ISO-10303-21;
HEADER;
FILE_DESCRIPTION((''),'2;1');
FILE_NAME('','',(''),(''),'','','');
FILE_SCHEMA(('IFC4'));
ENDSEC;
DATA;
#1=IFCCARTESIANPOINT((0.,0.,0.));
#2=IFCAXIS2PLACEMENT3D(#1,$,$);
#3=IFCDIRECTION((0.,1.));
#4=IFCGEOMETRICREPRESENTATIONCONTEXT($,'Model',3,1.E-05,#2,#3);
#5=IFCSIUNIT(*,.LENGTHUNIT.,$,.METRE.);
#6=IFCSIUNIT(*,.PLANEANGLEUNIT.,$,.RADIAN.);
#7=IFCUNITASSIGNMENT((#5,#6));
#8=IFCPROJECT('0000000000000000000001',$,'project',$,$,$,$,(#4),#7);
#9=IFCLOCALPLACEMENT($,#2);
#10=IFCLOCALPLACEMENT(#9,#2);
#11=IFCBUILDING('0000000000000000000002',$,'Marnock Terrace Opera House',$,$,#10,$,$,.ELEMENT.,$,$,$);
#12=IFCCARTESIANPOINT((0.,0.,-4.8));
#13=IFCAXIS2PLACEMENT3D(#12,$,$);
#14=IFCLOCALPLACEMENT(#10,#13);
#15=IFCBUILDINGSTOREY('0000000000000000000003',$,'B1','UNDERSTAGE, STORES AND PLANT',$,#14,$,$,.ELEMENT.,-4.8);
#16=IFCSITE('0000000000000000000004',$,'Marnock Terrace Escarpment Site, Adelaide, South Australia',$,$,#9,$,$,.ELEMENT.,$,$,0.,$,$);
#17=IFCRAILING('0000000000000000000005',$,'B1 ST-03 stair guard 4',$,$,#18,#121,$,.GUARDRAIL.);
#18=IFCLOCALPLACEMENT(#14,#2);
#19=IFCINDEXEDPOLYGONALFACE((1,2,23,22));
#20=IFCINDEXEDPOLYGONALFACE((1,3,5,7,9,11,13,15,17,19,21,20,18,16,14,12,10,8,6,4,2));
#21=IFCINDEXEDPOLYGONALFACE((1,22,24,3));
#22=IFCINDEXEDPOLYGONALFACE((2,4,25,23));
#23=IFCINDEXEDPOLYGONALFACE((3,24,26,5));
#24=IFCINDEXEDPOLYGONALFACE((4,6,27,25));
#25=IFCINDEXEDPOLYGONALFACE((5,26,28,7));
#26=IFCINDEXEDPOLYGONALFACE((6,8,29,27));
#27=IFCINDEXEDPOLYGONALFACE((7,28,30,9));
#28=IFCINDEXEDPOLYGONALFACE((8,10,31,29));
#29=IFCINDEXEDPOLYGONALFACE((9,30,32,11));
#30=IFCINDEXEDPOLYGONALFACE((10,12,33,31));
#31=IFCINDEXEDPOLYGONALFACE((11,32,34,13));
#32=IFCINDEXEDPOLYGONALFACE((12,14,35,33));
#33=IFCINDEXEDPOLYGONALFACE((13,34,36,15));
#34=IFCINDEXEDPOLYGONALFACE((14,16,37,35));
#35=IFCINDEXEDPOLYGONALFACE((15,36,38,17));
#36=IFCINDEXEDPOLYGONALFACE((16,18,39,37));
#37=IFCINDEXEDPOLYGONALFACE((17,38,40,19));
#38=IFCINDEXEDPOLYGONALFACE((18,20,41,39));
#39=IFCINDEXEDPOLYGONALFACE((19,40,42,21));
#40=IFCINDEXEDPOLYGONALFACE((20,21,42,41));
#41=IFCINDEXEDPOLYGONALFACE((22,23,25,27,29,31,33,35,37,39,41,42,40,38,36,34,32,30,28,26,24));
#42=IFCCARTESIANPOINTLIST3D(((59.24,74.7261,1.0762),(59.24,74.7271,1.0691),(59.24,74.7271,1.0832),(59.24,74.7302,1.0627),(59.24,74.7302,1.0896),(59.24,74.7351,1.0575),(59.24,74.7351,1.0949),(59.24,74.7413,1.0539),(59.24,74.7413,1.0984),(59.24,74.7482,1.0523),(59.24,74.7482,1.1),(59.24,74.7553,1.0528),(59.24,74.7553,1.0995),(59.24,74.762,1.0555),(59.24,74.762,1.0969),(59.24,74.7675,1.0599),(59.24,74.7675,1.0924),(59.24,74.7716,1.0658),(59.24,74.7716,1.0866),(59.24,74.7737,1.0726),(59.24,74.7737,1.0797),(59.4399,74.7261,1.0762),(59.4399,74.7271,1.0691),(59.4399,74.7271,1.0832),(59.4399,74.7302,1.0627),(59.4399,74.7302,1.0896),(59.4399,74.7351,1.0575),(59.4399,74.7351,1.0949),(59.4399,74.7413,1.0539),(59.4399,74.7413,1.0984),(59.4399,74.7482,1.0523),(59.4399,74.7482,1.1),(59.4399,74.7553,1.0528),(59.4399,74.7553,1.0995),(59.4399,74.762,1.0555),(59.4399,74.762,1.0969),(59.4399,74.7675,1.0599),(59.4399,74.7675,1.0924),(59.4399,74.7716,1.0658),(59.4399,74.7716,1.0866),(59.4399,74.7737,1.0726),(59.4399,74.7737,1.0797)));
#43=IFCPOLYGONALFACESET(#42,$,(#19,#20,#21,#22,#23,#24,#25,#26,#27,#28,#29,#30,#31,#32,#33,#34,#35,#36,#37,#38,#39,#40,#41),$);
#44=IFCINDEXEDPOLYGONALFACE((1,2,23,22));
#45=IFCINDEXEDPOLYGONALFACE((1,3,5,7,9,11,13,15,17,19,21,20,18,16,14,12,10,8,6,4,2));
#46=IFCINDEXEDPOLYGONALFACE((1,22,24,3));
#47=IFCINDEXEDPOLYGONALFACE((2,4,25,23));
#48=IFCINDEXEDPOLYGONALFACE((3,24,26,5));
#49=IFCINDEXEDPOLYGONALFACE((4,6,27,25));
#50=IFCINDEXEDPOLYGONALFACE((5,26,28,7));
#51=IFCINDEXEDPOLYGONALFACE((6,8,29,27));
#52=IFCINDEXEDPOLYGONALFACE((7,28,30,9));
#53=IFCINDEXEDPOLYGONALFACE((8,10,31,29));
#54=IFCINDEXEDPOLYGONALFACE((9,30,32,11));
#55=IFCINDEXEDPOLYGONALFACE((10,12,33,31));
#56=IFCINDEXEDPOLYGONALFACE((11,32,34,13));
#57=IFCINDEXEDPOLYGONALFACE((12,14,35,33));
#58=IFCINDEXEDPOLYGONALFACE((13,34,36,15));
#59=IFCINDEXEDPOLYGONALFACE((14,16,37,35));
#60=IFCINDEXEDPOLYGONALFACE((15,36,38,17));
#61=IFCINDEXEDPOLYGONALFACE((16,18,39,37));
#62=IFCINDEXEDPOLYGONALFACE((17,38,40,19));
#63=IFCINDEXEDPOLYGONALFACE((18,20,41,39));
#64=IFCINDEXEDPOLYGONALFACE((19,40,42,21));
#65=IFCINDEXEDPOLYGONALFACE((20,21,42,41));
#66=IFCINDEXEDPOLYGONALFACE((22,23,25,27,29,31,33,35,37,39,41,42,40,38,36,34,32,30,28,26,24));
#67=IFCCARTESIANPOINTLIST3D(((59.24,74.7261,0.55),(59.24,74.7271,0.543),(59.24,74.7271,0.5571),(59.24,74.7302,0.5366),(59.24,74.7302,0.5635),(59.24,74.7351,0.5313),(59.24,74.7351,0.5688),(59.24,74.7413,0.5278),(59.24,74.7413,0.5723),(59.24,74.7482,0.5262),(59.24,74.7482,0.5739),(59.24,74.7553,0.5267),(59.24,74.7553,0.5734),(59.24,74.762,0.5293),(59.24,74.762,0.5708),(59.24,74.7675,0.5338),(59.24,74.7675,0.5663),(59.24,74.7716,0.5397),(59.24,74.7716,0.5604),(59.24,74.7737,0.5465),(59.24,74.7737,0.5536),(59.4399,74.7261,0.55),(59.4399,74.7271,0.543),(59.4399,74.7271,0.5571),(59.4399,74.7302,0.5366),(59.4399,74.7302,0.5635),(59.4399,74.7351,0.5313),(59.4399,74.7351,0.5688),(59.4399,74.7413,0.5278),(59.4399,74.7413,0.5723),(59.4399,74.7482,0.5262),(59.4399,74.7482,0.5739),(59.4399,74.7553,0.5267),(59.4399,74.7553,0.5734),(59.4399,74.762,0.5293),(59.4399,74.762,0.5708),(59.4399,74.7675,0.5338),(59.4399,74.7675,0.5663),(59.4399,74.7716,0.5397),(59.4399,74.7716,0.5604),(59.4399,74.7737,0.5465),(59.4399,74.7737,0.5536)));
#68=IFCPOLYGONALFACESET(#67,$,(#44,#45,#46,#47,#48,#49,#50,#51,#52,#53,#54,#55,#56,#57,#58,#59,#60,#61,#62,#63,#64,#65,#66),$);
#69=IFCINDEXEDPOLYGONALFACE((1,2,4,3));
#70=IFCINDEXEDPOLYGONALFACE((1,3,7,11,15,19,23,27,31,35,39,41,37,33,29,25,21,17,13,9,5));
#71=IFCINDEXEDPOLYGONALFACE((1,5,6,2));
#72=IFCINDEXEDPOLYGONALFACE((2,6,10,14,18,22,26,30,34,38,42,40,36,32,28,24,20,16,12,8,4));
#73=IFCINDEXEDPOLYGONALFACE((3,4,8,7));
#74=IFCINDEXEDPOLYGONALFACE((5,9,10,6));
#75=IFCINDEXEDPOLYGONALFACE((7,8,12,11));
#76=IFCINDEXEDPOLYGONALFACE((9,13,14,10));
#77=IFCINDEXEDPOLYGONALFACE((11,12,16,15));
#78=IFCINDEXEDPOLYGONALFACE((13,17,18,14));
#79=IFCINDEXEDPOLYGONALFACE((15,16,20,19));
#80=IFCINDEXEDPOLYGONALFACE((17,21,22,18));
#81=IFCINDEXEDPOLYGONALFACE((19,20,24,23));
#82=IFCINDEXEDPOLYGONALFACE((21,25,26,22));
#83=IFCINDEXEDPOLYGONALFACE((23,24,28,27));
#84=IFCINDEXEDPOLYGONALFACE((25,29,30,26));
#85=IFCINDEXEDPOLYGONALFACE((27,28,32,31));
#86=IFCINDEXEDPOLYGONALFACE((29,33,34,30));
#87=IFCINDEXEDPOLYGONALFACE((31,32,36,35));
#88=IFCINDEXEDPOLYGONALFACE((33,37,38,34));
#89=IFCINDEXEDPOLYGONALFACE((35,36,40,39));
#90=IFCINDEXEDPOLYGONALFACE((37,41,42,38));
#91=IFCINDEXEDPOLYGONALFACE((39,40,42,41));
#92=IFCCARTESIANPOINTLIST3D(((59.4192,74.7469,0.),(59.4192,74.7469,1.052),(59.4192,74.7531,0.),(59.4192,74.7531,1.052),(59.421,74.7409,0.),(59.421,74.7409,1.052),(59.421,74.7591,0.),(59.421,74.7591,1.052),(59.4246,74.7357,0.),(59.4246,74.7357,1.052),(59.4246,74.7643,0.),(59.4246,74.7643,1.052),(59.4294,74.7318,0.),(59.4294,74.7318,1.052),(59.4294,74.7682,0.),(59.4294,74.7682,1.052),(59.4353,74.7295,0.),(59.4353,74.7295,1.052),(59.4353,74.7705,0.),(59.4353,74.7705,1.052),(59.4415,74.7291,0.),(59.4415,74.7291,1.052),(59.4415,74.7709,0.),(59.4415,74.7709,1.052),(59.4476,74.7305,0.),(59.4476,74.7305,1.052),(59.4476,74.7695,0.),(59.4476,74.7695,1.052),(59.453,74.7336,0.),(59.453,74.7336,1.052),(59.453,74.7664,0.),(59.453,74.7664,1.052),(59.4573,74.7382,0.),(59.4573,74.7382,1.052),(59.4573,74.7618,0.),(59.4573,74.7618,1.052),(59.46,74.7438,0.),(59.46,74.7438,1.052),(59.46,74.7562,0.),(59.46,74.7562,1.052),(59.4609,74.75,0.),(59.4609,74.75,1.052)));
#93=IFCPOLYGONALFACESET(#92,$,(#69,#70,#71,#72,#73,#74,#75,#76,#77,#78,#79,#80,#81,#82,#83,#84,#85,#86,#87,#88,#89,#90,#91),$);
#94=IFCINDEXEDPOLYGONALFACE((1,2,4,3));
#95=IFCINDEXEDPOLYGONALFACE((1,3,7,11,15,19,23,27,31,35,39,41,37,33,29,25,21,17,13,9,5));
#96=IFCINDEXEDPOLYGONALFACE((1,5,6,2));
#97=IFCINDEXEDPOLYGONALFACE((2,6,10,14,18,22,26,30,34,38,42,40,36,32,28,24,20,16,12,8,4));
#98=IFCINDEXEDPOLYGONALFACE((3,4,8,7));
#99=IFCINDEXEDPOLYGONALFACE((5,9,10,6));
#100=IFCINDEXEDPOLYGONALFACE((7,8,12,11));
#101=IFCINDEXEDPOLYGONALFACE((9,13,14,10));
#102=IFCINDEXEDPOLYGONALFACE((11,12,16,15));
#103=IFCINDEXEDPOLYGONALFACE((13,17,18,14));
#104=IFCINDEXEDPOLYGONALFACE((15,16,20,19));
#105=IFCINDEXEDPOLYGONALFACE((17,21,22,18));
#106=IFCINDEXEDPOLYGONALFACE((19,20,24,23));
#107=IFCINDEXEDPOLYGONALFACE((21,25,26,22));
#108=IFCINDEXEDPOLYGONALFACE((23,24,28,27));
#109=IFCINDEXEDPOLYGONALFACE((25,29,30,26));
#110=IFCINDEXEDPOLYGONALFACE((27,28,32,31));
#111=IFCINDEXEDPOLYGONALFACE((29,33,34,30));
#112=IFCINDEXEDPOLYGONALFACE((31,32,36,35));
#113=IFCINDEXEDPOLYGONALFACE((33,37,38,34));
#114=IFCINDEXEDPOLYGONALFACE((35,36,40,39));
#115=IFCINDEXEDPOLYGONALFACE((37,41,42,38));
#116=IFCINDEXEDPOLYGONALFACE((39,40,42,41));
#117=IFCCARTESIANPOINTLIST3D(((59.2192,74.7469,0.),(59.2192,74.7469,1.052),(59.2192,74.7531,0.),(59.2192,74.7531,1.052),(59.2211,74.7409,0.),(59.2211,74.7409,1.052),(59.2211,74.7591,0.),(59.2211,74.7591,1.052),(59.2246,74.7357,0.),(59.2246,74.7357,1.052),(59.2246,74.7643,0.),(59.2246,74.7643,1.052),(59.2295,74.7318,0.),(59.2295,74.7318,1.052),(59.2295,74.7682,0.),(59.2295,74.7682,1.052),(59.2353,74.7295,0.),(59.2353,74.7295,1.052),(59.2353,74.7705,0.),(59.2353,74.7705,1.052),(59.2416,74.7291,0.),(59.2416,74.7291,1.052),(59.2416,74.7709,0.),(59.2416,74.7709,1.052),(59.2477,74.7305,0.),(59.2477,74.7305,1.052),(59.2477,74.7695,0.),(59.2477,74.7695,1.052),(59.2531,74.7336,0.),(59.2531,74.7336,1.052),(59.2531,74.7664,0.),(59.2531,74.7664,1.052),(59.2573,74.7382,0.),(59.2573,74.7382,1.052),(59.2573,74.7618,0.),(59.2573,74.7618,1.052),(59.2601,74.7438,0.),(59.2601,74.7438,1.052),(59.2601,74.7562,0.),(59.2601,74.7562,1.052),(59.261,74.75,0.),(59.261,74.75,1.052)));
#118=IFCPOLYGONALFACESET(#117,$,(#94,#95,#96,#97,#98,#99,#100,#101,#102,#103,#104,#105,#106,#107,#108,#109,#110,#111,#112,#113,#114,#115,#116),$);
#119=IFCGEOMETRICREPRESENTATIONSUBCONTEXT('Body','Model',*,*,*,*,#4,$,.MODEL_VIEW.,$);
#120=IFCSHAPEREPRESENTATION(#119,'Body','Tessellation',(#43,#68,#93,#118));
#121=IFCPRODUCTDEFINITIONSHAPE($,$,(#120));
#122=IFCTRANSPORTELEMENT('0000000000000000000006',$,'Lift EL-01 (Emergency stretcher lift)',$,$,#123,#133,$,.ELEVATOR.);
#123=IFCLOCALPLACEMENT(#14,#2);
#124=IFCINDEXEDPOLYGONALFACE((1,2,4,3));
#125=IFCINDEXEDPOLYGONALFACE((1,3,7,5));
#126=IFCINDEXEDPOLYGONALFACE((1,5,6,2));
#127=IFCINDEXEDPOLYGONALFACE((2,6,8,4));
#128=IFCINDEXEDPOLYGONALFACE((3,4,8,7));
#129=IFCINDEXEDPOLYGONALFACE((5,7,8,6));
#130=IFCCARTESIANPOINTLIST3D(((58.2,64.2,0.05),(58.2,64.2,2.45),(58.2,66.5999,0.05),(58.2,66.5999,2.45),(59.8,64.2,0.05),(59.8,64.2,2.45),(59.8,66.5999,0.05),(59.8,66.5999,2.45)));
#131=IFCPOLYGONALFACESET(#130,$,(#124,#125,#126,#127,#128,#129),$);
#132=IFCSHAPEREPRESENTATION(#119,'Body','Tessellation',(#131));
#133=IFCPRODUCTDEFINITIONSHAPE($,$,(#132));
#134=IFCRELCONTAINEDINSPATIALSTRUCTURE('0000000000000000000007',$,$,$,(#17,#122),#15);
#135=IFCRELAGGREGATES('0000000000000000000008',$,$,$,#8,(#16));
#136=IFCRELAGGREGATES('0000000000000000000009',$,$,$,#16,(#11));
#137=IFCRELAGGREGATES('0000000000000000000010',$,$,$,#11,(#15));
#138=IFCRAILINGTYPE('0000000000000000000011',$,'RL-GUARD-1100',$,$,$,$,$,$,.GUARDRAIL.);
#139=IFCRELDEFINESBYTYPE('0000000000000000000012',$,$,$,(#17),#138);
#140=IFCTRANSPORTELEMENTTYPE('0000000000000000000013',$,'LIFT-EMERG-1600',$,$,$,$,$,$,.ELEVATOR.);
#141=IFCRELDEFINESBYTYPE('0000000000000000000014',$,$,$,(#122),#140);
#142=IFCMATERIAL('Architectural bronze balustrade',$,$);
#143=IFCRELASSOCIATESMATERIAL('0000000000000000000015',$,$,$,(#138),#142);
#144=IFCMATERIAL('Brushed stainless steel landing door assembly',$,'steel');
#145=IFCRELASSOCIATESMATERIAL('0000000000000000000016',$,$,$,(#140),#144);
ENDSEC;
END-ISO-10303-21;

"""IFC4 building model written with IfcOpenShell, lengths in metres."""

from ifc_helpers import new_model, si_unit, direction, frame, origin, origin_2d, place, context, subcontext, project, spatial, rectangle, circle, extrude, material, type_object, element, save


model = new_model("IFC4")

# Units and contexts
model_context = context("Model", 3, precision=1e-05, world=origin(), true_north=direction((0.0, 1.0)))
body_context = subcontext(model_context, "Body", "Model", "MODEL_VIEW")
ifc_project = project(units=[si_unit("LENGTHUNIT", "METRE"), si_unit("PLANEANGLEUNIT", "RADIAN")], contexts=[model_context])

# Site, building, storey
site_placement = place(None, origin())
site = spatial("IfcSite", under=ifc_project, at=site_placement, Name="Marnock Terrace Escarpment Site, Adelaide, South Australia", CompositionType="ELEMENT", RefElevation=0.0)
building_placement = place(site_placement, origin())
building = spatial("IfcBuilding", under=site, at=building_placement, Name="Marnock Terrace Opera House", CompositionType="ELEMENT")
storey_placement = place(building_placement, frame((0.0, 0.0, -4.8)))
storey = spatial("IfcBuildingStorey", under=building, at=storey_placement, Name="B1", Description="UNDERSTAGE, STORES AND PLANT", CompositionType="ELEMENT", Elevation=-4.8)

# Shared definitions
ifc_material_1 = material(Name="Brushed stainless steel landing door assembly", Category="steel")

# Railing
ifc_material_2 = material(Name="Architectural bronze balustrade")
railing_type_1 = type_object("IfcRailingType", Name="RL-GUARD-1100", PredefinedType="GUARDRAIL", material=ifc_material_2)
railing_1_placement = place(storey_placement, frame((59.4399, 74.75, 0.0)))
element("IfcRailing", 1, at=railing_1_placement, inside=storey, type_object=railing_type_1, Name="B1 ST-03 stair guard 4", PredefinedType="GUARDRAIL", context=body_context, shape_type="SweptSolid", body=[
    extrude(circle(Radius=0.0239, at=origin_2d()), frame((0.0, 0.0, 1.0762), z_axis=(-1.0, 0.0, 0.0), x_axis=(0.0, -1.0, 0.0)), (0.0, 0.0, 1.0), 0.2),
    extrude(circle(Radius=0.0239, at=origin_2d()), frame((0.0, 0.0, 0.55), z_axis=(-1.0, 0.0, 0.0), x_axis=(0.0, -1.0, 0.0)), (0.0, 0.0, 1.0), 0.2),
    extrude(circle(Radius=0.021, at=origin_2d()), origin(), (0.0, 0.0, 1.0), 1.052),
    extrude(circle(Radius=0.021, at=origin_2d()), frame((-0.2, 0.0, 0.0)), (0.0, 0.0, 1.0), 1.052),
])

# Transport element
transport_element_type = type_object("IfcTransportElementType", Name="LIFT-EMERG-1600", PredefinedType="ELEVATOR", material=ifc_material_1)
transport_element_placement = place(storey_placement, frame((59.0, 65.3999, 0.05), z_axis=(0.0, 0.0, 1.0), x_axis=(1.0, 0.0, 0.0)))
element("IfcTransportElement", 2, at=transport_element_placement, inside=storey, type_object=transport_element_type, Name="Lift EL-01 (Emergency stretcher lift)", PredefinedType="ELEVATOR", context=body_context, shape_type="SweptSolid", body=[
    extrude(rectangle(XDim=1.6001, YDim=2.3999, at=origin_2d()), origin(), (0.0, 0.0, 1.0), 2.3999),
])

save(model, "model.ifc")
